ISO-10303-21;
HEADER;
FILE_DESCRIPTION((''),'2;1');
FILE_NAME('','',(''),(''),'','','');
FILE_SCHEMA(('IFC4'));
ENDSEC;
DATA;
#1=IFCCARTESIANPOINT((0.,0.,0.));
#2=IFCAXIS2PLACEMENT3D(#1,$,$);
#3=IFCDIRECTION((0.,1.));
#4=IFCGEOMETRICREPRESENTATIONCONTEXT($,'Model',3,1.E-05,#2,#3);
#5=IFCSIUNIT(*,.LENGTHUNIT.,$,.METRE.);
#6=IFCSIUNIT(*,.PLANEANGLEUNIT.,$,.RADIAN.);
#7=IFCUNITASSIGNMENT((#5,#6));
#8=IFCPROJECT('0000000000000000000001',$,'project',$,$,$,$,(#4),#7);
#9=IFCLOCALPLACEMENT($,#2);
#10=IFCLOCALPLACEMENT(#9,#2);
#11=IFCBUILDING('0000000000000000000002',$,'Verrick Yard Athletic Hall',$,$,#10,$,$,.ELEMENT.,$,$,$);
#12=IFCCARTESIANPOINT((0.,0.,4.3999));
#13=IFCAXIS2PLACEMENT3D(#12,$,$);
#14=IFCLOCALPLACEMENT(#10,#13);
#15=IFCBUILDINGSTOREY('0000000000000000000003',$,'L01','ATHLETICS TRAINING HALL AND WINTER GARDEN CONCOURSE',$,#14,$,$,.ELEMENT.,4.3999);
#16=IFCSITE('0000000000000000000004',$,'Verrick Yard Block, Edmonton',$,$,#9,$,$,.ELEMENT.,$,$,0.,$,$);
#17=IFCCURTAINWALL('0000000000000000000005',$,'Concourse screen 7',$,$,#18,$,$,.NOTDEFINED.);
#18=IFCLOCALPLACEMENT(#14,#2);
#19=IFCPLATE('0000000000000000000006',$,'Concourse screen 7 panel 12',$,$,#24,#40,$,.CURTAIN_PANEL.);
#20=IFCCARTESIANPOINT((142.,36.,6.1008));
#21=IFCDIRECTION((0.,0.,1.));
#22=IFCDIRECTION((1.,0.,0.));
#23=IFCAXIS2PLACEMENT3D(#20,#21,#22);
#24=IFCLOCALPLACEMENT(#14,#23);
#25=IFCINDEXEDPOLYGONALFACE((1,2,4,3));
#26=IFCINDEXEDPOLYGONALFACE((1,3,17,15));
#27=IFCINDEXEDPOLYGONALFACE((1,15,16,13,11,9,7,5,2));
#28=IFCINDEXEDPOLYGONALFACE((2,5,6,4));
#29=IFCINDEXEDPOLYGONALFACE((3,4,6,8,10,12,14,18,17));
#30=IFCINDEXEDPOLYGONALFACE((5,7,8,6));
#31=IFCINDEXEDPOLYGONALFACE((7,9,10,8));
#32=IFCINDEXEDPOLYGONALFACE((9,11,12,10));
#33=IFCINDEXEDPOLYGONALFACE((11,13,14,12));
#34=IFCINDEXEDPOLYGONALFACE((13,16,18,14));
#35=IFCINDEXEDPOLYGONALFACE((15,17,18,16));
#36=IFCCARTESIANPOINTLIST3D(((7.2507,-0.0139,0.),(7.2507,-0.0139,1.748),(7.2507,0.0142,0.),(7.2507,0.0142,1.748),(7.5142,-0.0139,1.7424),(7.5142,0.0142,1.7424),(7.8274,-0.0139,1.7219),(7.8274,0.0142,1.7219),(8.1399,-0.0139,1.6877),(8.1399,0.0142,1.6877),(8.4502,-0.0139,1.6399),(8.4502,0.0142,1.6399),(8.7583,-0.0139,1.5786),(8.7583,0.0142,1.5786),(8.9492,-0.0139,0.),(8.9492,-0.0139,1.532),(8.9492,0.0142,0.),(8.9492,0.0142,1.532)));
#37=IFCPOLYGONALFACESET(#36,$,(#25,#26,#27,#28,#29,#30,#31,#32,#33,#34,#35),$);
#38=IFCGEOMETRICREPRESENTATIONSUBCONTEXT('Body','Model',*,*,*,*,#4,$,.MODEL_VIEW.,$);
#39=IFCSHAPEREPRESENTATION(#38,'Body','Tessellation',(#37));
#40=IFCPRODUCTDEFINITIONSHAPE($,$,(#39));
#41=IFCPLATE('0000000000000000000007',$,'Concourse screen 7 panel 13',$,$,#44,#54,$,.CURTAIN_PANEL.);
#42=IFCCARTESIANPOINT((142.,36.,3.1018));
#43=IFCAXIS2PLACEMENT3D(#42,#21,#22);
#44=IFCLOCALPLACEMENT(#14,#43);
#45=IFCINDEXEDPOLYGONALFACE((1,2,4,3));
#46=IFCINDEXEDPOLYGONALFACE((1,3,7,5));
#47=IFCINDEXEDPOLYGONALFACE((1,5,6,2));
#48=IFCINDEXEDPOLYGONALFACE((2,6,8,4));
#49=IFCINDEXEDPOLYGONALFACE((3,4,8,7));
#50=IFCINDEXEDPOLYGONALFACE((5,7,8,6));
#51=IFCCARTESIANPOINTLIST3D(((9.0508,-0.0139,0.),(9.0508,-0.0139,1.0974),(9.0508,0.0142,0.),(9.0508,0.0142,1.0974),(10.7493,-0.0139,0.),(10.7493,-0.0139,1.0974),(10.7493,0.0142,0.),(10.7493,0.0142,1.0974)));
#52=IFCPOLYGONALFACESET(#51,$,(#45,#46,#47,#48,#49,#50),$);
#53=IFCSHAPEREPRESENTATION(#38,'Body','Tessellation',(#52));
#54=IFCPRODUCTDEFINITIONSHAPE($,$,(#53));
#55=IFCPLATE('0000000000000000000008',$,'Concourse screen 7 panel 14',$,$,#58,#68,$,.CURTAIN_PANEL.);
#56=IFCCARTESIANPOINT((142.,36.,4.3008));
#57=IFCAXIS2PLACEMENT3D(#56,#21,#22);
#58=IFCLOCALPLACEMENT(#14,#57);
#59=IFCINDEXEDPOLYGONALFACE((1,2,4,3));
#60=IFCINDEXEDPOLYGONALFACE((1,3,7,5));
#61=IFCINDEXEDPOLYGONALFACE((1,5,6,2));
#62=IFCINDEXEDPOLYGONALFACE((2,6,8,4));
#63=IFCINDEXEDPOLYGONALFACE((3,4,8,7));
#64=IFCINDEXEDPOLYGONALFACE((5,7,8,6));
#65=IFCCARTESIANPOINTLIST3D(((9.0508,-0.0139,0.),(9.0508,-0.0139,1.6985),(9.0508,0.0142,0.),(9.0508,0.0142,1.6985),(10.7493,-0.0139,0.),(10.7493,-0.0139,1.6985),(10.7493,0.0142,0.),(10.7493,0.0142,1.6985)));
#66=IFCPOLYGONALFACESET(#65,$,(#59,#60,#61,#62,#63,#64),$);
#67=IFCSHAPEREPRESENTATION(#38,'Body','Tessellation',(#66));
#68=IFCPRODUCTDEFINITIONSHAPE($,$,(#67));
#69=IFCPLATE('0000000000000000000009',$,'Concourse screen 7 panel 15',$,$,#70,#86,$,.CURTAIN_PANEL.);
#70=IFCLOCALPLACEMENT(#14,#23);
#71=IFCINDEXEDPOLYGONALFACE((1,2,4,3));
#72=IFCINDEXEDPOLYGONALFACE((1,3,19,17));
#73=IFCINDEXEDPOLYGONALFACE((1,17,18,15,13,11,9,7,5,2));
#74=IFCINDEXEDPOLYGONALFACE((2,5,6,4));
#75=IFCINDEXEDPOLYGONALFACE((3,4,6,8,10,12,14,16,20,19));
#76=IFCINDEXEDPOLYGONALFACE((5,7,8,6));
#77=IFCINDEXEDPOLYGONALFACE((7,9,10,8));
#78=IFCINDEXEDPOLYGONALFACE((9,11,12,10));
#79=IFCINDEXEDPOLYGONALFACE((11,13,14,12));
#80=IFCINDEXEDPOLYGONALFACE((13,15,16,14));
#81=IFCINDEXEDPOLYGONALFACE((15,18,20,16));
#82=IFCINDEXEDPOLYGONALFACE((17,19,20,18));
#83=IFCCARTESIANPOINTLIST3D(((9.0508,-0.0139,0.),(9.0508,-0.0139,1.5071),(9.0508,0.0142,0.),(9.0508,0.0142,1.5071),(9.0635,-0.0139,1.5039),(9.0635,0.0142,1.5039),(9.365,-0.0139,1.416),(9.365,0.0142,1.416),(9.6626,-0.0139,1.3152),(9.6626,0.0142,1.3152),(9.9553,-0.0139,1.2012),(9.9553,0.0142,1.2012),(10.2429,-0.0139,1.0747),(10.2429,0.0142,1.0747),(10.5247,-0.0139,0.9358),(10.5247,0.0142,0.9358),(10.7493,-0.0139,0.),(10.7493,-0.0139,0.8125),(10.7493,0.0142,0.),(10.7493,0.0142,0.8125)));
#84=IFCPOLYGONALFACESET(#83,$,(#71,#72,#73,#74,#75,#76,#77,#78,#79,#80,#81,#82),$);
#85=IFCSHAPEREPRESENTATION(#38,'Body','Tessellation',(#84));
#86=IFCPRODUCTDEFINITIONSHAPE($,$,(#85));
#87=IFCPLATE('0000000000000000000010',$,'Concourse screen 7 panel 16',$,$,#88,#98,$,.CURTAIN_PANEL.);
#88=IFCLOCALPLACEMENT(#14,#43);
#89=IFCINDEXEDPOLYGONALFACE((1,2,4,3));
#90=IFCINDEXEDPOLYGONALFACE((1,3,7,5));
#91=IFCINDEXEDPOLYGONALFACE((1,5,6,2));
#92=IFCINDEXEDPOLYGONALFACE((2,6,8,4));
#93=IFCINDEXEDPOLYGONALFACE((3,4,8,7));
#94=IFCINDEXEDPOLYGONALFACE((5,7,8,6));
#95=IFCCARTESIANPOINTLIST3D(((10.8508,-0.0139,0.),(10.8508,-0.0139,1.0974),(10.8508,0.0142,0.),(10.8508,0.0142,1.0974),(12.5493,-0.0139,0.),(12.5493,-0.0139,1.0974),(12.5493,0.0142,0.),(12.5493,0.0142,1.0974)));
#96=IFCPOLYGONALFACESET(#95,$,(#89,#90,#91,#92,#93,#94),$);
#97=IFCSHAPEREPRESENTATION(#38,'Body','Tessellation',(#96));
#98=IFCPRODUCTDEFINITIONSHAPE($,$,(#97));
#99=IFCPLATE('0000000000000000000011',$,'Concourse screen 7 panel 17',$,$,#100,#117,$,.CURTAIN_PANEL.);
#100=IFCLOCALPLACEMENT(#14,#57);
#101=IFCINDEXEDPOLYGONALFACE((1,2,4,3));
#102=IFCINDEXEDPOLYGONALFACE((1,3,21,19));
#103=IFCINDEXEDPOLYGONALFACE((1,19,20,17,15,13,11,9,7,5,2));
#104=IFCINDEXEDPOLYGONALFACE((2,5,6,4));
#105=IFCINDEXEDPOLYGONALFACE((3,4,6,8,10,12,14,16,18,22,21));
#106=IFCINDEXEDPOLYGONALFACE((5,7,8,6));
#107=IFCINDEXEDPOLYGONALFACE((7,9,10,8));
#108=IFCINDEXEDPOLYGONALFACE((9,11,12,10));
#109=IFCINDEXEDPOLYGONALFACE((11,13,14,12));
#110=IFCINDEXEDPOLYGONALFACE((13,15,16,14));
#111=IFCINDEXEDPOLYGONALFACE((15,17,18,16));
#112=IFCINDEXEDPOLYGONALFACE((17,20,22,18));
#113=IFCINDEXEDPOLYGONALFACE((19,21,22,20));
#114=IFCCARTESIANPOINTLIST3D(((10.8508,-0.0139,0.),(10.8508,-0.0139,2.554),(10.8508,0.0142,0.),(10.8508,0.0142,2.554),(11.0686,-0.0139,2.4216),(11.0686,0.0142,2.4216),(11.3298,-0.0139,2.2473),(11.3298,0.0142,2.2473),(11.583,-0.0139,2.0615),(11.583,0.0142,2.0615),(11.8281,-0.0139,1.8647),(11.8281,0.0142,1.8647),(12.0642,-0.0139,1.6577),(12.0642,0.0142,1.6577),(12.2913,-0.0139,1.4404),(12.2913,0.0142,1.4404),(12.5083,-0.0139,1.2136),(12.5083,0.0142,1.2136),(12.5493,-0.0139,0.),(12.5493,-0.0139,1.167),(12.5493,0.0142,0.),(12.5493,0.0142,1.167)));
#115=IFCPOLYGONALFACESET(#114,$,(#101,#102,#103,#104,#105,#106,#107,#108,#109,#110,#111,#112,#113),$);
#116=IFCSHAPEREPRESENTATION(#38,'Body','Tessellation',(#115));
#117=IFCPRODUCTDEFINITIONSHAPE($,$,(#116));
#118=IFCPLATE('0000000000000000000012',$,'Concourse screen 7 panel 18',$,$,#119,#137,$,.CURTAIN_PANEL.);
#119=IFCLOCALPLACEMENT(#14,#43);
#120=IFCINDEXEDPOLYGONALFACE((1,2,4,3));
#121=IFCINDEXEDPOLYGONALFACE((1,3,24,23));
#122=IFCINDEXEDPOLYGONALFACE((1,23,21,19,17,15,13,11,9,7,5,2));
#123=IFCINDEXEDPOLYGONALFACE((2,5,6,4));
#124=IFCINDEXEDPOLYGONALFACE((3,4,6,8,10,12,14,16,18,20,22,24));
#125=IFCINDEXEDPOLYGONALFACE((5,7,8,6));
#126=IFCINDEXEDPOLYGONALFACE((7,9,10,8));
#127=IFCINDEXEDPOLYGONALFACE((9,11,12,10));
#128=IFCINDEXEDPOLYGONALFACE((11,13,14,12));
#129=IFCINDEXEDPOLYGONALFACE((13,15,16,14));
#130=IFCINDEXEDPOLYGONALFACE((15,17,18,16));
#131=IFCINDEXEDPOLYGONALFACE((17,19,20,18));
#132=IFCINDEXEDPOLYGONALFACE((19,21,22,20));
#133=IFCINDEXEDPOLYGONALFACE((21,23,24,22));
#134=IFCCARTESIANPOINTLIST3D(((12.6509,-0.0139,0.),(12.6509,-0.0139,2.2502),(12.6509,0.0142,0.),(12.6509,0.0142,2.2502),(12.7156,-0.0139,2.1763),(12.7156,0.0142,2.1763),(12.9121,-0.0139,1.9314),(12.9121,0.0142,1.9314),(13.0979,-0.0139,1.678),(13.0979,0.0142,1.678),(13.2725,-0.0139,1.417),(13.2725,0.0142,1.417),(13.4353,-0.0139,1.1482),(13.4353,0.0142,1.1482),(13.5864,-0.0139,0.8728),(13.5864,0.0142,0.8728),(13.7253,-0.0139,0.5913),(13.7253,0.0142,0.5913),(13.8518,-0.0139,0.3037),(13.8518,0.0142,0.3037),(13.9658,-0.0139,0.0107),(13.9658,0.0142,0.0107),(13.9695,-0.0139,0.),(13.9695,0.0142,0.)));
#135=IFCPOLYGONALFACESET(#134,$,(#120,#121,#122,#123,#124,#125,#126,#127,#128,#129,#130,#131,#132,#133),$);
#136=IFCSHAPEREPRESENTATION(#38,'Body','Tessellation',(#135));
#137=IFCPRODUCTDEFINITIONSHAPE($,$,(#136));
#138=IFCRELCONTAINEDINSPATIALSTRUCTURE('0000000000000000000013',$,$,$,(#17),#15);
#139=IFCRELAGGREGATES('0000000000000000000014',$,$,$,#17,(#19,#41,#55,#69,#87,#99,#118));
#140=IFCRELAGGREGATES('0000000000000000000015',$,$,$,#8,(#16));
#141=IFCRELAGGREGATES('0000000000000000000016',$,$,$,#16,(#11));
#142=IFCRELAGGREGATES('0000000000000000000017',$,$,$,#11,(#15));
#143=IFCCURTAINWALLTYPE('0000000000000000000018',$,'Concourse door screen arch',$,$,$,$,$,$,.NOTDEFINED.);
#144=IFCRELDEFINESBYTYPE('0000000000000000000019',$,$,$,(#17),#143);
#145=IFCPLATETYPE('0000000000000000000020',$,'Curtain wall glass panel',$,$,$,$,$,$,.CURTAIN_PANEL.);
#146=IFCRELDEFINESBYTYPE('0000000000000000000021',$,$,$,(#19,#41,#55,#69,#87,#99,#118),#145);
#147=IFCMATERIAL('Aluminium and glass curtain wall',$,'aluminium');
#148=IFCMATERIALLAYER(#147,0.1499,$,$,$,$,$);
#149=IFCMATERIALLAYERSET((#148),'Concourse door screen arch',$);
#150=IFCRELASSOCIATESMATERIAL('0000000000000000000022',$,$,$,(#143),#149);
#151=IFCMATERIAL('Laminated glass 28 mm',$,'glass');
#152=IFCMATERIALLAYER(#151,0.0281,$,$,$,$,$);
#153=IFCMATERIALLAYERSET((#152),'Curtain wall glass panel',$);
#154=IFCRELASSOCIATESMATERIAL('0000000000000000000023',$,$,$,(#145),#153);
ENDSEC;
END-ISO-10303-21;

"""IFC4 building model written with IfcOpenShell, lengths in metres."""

from ifc_helpers import new_model, si_unit, direction, frame, origin, place, context, subcontext, project, spatial, polyline, outline, extrude, material, layer, layer_set, type_object, element, aggregate, save


model = new_model("IFC4")

# Units and contexts
model_context = context("Model", 3, precision=1e-05, world=origin(), true_north=direction((0.0, 1.0)))
body_context = subcontext(model_context, "Body", "Model", "MODEL_VIEW")
ifc_project = project(units=[si_unit("LENGTHUNIT", "METRE"), si_unit("PLANEANGLEUNIT", "RADIAN")], contexts=[model_context])

# Site, building, storey
site_placement = place(None, origin())
site = spatial("IfcSite", under=ifc_project, at=site_placement, Name="Verrick Yard Block, Edmonton", CompositionType="ELEMENT", RefElevation=0.0)
building_placement = place(site_placement, origin())
building = spatial("IfcBuilding", under=site, at=building_placement, Name="Verrick Yard Athletic Hall", CompositionType="ELEMENT")
storey_placement = place(building_placement, frame((0.0, 0.0, 4.3999)))
storey = spatial("IfcBuildingStorey", under=building, at=storey_placement, Name="L01", Description="ATHLETICS TRAINING HALL AND WINTER GARDEN CONCOURSE", CompositionType="ELEMENT", Elevation=4.3999)

# Shared definitions
ifc_material_1 = material(Name="Aluminium and glass curtain wall", Category="aluminium")

# Curtain wall, plates
ifc_layer_1 = layer(ifc_material_1, 0.1499)
ifc_layer_set_1 = layer_set([ifc_layer_1], Name="Concourse door screen arch")
curtain_wall_type_1 = type_object("IfcCurtainWallType", Name="Concourse door screen arch", PredefinedType="NOTDEFINED", material=ifc_layer_set_1)
curtain_wall_1_placement = place(storey_placement, origin())
curtain_wall_1 = element("IfcCurtainWall", 1, at=curtain_wall_1_placement, inside=storey, type_object=curtain_wall_type_1, Name="Concourse screen 7", PredefinedType="NOTDEFINED")
ifc_material_2 = material(Name="Laminated glass 28 mm", Category="glass")
ifc_layer_2 = layer(ifc_material_2, 0.0281)
ifc_layer_set_2 = layer_set([ifc_layer_2], Name="Curtain wall glass panel")
plate_type = type_object("IfcPlateType", Name="Curtain wall glass panel", PredefinedType="CURTAIN_PANEL", material=ifc_layer_set_2)
plate_1_placement = place(storey_placement, frame((142.0, 36.0, 6.1008), z_axis=(0.0, 0.0, 1.0), x_axis=(1.0, 0.0, 0.0)))
plate_1 = element("IfcPlate", 2, at=plate_1_placement, type_object=plate_type, Name="Concourse screen 7 panel 12", PredefinedType="CURTAIN_PANEL", context=body_context, shape_type="SweptSolid", body=[
    extrude(outline(polyline([(8.9492, 1.532), (8.7583, 1.5786), (8.4502, 1.6399), (8.1399, 1.6877), (7.8274, 1.7219), (7.5142, 1.7424), (7.2507, 1.748), (7.2507, 0.0), (8.9492, 0.0), (8.9492, 1.532)])), frame((0.0, 0.0142, 0.0), z_axis=(0.0, -1.0, 0.0), x_axis=(1.0, 0.0, 0.0)), (0.0, 0.0, 1.0), 0.0281),
])
plate_2_placement = place(storey_placement, frame((142.0, 36.0, 3.1018), z_axis=(0.0, 0.0, 1.0), x_axis=(1.0, 0.0, 0.0)))
plate_2 = element("IfcPlate", 3, at=plate_2_placement, type_object=plate_type, Name="Concourse screen 7 panel 13", PredefinedType="CURTAIN_PANEL", context=body_context, shape_type="SweptSolid", body=[
    extrude(outline(polyline([(10.7493, 0.0), (10.7493, 1.0974), (9.0508, 1.0974), (9.0508, 0.0), (10.7493, 0.0)])), frame((0.0, 0.0142, 0.0), z_axis=(0.0, -1.0, 0.0), x_axis=(1.0, 0.0, 0.0)), (0.0, 0.0, 1.0), 0.0281),
])
plate_3_placement = place(storey_placement, frame((142.0, 36.0, 4.3008), z_axis=(0.0, 0.0, 1.0), x_axis=(1.0, 0.0, 0.0)))
plate_3 = element("IfcPlate", 4, at=plate_3_placement, type_object=plate_type, Name="Concourse screen 7 panel 14", PredefinedType="CURTAIN_PANEL", context=body_context, shape_type="SweptSolid", body=[
    extrude(outline(polyline([(10.7493, 0.0), (10.7493, 1.6985), (9.0508, 1.6985), (9.0508, 0.0), (10.7493, 0.0)])), frame((0.0, 0.0142, 0.0), z_axis=(0.0, -1.0, 0.0), x_axis=(1.0, 0.0, 0.0)), (0.0, 0.0, 1.0), 0.0281),
])
plate_4_placement = place(storey_placement, frame((142.0, 36.0, 6.1008), z_axis=(0.0, 0.0, 1.0), x_axis=(1.0, 0.0, 0.0)))
plate_4 = element("IfcPlate", 5, at=plate_4_placement, type_object=plate_type, Name="Concourse screen 7 panel 15", PredefinedType="CURTAIN_PANEL", context=body_context, shape_type="SweptSolid", body=[
    extrude(outline(polyline([(10.7493, 0.8125), (10.5247, 0.9358), (10.2429, 1.0747), (9.9553, 1.2012), (9.6626, 1.3152), (9.365, 1.416), (9.0635, 1.5039), (9.0508, 1.5071), (9.0508, 0.0), (10.7493, 0.0), (10.7493, 0.8125)])), frame((0.0, 0.0142, 0.0), z_axis=(0.0, -1.0, 0.0), x_axis=(1.0, 0.0, 0.0)), (0.0, 0.0, 1.0), 0.0281),
])
plate_5_placement = place(storey_placement, frame((142.0, 36.0, 3.1018), z_axis=(0.0, 0.0, 1.0), x_axis=(1.0, 0.0, 0.0)))
plate_5 = element("IfcPlate", 6, at=plate_5_placement, type_object=plate_type, Name="Concourse screen 7 panel 16", PredefinedType="CURTAIN_PANEL", context=body_context, shape_type="SweptSolid", body=[
    extrude(outline(polyline([(12.5493, 0.0), (12.5493, 1.0974), (10.8508, 1.0974), (10.8508, 0.0), (12.5493, 0.0)])), frame((0.0, 0.0142, 0.0), z_axis=(0.0, -1.0, 0.0), x_axis=(1.0, 0.0, 0.0)), (0.0, 0.0, 1.0), 0.0281),
])
plate_6_placement = place(storey_placement, frame((142.0, 36.0, 4.3008), z_axis=(0.0, 0.0, 1.0), x_axis=(1.0, 0.0, 0.0)))
plate_6 = element("IfcPlate", 7, at=plate_6_placement, type_object=plate_type, Name="Concourse screen 7 panel 17", PredefinedType="CURTAIN_PANEL", context=body_context, shape_type="SweptSolid", body=[
    extrude(outline(polyline([(12.5493, 1.167), (12.5083, 1.2136), (12.2913, 1.4404), (12.0642, 1.6577), (11.8281, 1.8647), (11.583, 2.0615), (11.3298, 2.2473), (11.0686, 2.4216), (10.8508, 2.554), (10.8508, 0.0), (12.5493, 0.0), (12.5493, 1.167)])), frame((0.0, 0.0142, 0.0), z_axis=(0.0, -1.0, 0.0), x_axis=(1.0, 0.0, 0.0)), (0.0, 0.0, 1.0), 0.0281),
])
plate_7_placement = place(storey_placement, frame((142.0, 36.0, 3.1018), z_axis=(0.0, 0.0, 1.0), x_axis=(1.0, 0.0, 0.0)))
plate_7 = element("IfcPlate", 8, at=plate_7_placement, type_object=plate_type, Name="Concourse screen 7 panel 18", PredefinedType="CURTAIN_PANEL", context=body_context, shape_type="SweptSolid", body=[
    extrude(outline(polyline([(13.9695, 0.0), (13.9658, 0.0107), (13.8518, 0.3037), (13.7253, 0.5913), (13.5864, 0.8728), (13.4353, 1.1482), (13.2725, 1.417), (13.0979, 1.678), (12.9121, 1.9314), (12.7156, 2.1763), (12.6509, 2.2502), (12.6509, 0.0), (13.9695, 0.0)])), frame((0.0, 0.0142, 0.0), z_axis=(0.0, -1.0, 0.0), x_axis=(1.0, 0.0, 0.0)), (0.0, 0.0, 1.0), 0.0281),
])
aggregate(curtain_wall_1, [plate_1, plate_2, plate_3, plate_4, plate_5, plate_6, plate_7])

save(model, "model.ifc")
